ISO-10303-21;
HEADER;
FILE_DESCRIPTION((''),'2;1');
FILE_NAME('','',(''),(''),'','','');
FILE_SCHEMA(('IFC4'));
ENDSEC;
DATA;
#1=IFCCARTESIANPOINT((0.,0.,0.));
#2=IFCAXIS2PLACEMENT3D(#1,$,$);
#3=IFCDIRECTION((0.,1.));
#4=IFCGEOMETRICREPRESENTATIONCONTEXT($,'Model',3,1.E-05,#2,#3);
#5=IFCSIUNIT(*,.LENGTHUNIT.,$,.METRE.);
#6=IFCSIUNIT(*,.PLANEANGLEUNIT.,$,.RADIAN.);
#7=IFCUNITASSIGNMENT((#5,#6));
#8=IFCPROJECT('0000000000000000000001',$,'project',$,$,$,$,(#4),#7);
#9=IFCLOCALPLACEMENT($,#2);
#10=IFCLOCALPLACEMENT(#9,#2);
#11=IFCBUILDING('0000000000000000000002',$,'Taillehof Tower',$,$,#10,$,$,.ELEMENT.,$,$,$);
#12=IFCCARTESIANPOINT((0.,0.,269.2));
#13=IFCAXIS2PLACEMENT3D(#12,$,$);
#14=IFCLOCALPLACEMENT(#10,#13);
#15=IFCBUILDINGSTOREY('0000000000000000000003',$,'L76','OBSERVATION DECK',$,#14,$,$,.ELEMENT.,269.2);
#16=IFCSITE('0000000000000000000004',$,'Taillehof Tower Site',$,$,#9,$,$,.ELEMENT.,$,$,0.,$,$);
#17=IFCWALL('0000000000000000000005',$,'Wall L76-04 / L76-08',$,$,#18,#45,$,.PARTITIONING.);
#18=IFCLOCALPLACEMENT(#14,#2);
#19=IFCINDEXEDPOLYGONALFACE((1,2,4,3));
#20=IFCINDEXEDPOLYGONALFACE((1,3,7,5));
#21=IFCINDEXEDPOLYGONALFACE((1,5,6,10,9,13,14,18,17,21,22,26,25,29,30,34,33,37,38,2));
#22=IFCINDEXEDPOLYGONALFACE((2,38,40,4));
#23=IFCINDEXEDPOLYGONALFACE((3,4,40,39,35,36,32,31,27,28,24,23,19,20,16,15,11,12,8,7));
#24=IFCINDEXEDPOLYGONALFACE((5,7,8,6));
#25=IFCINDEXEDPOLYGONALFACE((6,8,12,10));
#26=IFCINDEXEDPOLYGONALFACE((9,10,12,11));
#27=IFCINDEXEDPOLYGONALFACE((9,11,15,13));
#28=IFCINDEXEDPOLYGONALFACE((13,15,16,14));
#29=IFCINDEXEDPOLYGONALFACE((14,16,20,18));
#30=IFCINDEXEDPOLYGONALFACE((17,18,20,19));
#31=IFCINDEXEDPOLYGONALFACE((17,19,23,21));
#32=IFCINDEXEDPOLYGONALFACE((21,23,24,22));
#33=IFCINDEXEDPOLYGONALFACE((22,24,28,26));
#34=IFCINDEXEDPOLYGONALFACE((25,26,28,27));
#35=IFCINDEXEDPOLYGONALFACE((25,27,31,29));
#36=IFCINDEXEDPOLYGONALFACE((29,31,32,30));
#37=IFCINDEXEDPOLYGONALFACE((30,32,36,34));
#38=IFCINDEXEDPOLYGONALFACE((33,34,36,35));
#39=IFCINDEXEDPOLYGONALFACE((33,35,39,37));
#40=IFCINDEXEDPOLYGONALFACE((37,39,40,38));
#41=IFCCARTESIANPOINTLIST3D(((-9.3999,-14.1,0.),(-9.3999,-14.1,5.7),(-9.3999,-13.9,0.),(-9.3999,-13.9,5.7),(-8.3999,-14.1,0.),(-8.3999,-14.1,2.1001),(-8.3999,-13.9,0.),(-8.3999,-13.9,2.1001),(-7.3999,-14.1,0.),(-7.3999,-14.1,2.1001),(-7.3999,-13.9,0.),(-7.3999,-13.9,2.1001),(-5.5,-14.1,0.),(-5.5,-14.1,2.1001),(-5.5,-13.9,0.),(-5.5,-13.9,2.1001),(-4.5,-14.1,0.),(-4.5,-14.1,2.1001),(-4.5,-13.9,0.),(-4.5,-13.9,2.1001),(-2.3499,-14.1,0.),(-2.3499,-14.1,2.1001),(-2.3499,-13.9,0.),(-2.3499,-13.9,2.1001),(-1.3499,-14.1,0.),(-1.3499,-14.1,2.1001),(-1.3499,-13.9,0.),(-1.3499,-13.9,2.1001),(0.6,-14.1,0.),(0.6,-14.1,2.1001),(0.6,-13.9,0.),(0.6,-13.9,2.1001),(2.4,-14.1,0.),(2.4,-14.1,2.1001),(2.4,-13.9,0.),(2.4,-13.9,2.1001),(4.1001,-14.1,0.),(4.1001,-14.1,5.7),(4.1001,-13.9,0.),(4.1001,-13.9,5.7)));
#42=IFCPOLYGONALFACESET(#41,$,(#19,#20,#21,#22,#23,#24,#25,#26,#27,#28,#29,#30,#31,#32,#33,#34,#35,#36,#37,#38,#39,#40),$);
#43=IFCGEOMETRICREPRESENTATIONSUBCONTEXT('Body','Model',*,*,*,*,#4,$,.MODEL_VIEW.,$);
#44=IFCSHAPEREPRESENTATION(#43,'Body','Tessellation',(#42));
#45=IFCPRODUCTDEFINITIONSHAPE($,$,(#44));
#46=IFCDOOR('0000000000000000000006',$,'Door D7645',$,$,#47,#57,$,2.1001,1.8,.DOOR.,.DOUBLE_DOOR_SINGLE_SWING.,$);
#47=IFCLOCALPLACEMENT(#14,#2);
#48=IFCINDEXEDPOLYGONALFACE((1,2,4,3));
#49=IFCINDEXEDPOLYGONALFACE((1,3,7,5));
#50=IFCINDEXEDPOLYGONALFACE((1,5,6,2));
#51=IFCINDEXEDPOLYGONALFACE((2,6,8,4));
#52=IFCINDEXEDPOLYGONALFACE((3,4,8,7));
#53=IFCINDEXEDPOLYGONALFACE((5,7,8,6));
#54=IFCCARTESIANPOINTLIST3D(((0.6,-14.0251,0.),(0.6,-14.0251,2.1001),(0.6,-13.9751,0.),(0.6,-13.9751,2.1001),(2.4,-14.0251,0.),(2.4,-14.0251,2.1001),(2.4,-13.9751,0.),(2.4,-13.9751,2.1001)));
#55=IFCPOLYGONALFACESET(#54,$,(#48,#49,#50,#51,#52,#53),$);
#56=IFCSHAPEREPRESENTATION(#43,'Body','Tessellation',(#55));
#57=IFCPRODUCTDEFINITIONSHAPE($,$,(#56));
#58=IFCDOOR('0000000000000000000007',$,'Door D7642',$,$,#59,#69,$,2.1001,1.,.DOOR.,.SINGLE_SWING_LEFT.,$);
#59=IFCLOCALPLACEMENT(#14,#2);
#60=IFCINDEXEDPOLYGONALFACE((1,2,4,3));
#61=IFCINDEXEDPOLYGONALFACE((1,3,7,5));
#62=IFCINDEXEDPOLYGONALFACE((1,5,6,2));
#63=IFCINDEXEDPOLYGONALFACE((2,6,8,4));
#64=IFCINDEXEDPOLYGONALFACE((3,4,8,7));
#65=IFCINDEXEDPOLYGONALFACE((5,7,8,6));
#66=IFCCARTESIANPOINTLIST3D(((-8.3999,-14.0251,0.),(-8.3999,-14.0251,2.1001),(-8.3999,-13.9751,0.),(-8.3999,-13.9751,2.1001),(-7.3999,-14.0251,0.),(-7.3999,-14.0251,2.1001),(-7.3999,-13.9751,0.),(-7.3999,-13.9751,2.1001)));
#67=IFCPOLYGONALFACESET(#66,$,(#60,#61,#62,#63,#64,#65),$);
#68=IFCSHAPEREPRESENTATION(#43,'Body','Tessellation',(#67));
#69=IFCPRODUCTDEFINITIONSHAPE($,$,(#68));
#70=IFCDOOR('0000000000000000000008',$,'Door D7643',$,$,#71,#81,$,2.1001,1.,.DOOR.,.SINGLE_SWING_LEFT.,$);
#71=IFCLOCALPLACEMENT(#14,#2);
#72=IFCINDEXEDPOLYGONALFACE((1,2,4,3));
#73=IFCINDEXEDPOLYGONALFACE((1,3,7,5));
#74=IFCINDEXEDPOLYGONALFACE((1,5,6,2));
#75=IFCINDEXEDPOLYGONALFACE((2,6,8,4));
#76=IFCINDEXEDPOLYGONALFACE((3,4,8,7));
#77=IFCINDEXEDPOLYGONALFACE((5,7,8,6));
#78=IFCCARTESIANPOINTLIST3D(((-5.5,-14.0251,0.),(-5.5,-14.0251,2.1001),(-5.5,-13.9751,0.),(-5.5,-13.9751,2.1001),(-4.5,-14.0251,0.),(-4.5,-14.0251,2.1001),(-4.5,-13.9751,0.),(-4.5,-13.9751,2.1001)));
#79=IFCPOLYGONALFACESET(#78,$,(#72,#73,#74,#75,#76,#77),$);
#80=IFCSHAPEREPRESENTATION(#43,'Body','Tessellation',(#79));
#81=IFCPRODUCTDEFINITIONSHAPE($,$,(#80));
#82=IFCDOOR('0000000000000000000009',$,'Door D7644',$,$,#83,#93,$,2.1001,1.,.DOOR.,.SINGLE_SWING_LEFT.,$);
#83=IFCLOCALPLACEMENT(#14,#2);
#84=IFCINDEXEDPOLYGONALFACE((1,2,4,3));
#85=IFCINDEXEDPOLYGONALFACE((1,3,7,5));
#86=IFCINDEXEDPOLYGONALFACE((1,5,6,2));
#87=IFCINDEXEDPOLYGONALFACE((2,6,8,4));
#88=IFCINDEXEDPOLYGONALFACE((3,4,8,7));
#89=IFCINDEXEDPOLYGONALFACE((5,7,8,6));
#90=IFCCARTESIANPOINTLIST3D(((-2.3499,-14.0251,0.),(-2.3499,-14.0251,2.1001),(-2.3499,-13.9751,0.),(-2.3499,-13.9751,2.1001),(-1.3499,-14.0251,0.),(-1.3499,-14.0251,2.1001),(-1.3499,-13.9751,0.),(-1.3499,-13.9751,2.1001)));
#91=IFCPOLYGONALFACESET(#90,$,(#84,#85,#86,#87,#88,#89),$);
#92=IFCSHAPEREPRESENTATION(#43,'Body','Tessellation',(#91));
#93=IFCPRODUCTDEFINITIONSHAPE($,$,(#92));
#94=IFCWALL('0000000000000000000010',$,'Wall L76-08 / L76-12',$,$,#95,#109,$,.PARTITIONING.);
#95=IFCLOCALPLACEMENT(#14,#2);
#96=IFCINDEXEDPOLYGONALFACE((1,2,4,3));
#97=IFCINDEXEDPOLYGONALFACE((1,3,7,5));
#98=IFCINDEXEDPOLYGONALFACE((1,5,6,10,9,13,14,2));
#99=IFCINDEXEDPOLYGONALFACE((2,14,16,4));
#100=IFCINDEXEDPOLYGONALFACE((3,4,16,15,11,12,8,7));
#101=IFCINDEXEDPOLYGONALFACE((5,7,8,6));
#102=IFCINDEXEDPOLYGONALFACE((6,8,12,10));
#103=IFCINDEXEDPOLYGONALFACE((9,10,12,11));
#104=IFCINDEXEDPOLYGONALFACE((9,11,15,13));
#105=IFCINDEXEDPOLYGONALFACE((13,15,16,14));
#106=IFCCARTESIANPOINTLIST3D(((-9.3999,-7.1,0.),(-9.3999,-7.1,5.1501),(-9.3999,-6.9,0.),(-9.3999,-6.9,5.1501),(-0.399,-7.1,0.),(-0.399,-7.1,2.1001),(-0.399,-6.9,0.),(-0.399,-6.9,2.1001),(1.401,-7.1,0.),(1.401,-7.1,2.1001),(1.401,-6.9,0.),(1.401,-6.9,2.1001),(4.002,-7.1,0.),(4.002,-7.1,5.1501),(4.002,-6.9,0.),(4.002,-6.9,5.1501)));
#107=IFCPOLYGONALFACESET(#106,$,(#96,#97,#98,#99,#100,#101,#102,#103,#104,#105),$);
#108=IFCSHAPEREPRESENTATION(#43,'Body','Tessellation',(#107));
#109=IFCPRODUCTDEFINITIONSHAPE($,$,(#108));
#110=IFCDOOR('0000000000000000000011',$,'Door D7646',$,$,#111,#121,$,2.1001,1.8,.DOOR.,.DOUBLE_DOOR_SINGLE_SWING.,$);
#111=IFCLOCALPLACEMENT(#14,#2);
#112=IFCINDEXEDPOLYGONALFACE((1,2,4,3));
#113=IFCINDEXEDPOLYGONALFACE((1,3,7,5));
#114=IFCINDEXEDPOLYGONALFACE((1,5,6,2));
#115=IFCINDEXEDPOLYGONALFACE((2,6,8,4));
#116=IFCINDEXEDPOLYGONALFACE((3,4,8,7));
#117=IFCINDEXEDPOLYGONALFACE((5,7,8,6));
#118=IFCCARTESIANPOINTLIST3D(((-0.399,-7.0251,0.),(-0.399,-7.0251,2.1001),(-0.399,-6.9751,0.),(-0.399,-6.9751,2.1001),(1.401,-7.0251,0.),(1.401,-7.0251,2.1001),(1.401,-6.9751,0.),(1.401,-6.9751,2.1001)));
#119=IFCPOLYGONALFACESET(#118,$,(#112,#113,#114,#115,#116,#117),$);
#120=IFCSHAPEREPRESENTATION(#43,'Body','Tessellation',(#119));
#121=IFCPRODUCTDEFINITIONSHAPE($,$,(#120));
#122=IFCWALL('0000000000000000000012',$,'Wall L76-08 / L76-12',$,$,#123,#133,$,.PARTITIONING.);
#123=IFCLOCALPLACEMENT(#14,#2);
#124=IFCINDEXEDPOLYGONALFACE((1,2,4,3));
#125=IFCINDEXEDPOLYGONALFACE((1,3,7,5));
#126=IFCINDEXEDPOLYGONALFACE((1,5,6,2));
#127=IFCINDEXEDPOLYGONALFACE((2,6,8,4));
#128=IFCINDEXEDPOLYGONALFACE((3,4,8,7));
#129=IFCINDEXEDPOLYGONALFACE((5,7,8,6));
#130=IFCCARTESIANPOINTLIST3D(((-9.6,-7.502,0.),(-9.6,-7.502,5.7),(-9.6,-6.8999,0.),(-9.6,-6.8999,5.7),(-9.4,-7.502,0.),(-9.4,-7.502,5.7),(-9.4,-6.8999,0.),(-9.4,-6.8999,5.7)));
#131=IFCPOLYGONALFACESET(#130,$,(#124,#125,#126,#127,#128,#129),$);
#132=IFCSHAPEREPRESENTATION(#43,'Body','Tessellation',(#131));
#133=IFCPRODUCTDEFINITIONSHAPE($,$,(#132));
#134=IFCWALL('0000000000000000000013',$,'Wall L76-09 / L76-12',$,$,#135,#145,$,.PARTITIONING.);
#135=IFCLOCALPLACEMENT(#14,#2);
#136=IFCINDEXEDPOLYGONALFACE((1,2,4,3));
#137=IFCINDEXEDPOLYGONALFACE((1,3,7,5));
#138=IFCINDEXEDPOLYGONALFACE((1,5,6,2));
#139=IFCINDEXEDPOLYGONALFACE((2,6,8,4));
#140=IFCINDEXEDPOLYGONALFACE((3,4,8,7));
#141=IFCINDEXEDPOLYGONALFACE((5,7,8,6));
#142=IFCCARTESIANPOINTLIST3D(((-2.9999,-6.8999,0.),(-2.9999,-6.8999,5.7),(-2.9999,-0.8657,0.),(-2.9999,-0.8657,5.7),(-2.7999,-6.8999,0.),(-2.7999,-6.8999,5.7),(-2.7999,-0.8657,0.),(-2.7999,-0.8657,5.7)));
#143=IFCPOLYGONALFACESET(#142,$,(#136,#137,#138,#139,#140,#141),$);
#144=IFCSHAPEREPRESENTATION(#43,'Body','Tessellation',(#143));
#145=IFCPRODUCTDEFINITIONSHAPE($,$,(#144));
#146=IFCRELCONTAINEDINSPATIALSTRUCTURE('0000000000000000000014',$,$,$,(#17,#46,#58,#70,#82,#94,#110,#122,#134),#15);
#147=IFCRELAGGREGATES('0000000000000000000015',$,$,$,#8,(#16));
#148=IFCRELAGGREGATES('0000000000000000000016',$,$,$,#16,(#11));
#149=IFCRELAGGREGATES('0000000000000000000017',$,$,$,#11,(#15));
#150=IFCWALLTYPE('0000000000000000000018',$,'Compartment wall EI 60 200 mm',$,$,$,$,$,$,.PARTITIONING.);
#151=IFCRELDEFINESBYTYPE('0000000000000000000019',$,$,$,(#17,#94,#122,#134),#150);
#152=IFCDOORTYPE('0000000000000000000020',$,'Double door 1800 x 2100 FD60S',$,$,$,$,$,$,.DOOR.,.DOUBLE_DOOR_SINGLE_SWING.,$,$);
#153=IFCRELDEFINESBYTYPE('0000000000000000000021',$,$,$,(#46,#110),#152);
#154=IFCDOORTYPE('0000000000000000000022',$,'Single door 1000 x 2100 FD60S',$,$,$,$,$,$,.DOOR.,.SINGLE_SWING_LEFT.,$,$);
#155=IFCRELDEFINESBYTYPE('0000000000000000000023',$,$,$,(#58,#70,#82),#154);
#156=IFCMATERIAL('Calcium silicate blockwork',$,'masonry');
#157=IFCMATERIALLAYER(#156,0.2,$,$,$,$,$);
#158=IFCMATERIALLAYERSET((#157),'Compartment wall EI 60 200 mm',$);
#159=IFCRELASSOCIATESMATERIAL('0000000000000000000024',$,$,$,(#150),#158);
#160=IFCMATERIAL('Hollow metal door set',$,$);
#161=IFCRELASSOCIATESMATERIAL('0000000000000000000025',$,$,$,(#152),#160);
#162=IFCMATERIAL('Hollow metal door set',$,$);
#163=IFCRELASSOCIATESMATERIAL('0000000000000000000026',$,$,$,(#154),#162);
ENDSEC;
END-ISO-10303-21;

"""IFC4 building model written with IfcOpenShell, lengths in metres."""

from ifc_helpers import new_model, si_unit, direction, frame, frame_2d, origin, place, context, subcontext, project, spatial, rectangle, extrude, material, layer, layer_set, type_object, element, fill, save


model = new_model("IFC4")

# Units and contexts
model_context = context("Model", 3, precision=1e-05, world=origin(), true_north=direction((0.0, 1.0)))
body_context = subcontext(model_context, "Body", "Model", "MODEL_VIEW")
ifc_project = project(units=[si_unit("LENGTHUNIT", "METRE"), si_unit("PLANEANGLEUNIT", "RADIAN")], contexts=[model_context])

# Site, building, storey
site_placement = place(None, origin())
site = spatial("IfcSite", under=ifc_project, at=site_placement, Name="Taillehof Tower Site", CompositionType="ELEMENT", RefElevation=0.0)
building_placement = place(site_placement, origin())
building = spatial("IfcBuilding", under=site, at=building_placement, Name="Taillehof Tower", CompositionType="ELEMENT")
storey_placement = place(building_placement, frame((0.0, 0.0, 269.2)))
storey = spatial("IfcBuildingStorey", under=building, at=storey_placement, Name="L76", Description="OBSERVATION DECK", CompositionType="ELEMENT", Elevation=269.2)

# Wall, openings, doors
ifc_material_1 = material(Name="Calcium silicate blockwork", Category="masonry")
ifc_layer_1 = layer(ifc_material_1, 0.2)
ifc_layer_set_1 = layer_set([ifc_layer_1], Name="Compartment wall EI 60 200 mm")
wall_type_1 = type_object("IfcWallType", Name="Compartment wall EI 60 200 mm", PredefinedType="PARTITIONING", material=ifc_layer_set_1)
wall_1_placement = place(storey_placement, frame((-9.3999, -14.0, 0.0), z_axis=(0.0, 0.0, 1.0), x_axis=(1.0, 0.0, 0.0)))
wall_1 = element("IfcWall", 1, at=wall_1_placement, inside=storey, type_object=wall_type_1, Name="Wall L76-04 / L76-08", PredefinedType="PARTITIONING", context=body_context, shape_type="SweptSolid", body=[
    extrude(rectangle(XDim=13.5, YDim=0.2, at=frame_2d((6.75, 0.0))), origin(), (0.0, 0.0, 1.0), 5.7),
])
opening_1_placement = place(wall_1_placement, frame((10.0, 0.0, 0.0)))
opening_1 = element("IfcOpeningElement", 2, at=opening_1_placement, cuts=wall_1, PredefinedType="OPENING", context=body_context, shape_type="SweptSolid", body=[
    extrude(rectangle(XDim=1.8, YDim=2.1001, at=frame_2d((0.8999, 1.05))), frame((0.0, 0.1099, 0.0), z_axis=(0.0, -1.0, 0.0), x_axis=(1.0, 0.0, 0.0)), (0.0, 0.0, 1.0), 0.22),
])
opening_2_placement = place(wall_1_placement, frame((1.0, 0.0, 0.0)))
opening_2 = element("IfcOpeningElement", 3, at=opening_2_placement, cuts=wall_1, PredefinedType="OPENING", context=body_context, shape_type="SweptSolid", body=[
    extrude(rectangle(XDim=1.0, YDim=2.1001, at=frame_2d((0.5, 1.05))), frame((0.0, 0.1099, 0.0), z_axis=(0.0, -1.0, 0.0), x_axis=(1.0, 0.0, 0.0)), (0.0, 0.0, 1.0), 0.22),
])
opening_3_placement = place(wall_1_placement, frame((3.8999, 0.0, 0.0)))
opening_3 = element("IfcOpeningElement", 4, at=opening_3_placement, cuts=wall_1, PredefinedType="OPENING", context=body_context, shape_type="SweptSolid", body=[
    extrude(rectangle(XDim=1.0, YDim=2.1001, at=frame_2d((0.5, 1.05))), frame((0.0, 0.1099, 0.0), z_axis=(0.0, -1.0, 0.0), x_axis=(1.0, 0.0, 0.0)), (0.0, 0.0, 1.0), 0.22),
])
opening_4_placement = place(wall_1_placement, frame((7.05, 0.0, 0.0)))
opening_4 = element("IfcOpeningElement", 5, at=opening_4_placement, cuts=wall_1, PredefinedType="OPENING", context=body_context, shape_type="SweptSolid", body=[
    extrude(rectangle(XDim=1.0, YDim=2.1001, at=frame_2d((0.5, 1.05))), frame((0.0, 0.1099, 0.0), z_axis=(0.0, -1.0, 0.0), x_axis=(1.0, 0.0, 0.0)), (0.0, 0.0, 1.0), 0.22),
])
ifc_material_2 = material(Name="Hollow metal door set")
door_type_1 = type_object("IfcDoorType", Name="Double door 1800 x 2100 FD60S", OperationType="DOUBLE_DOOR_SINGLE_SWING", PredefinedType="DOOR", material=ifc_material_2)
door_1_placement = place(opening_1_placement, origin())
door_1 = element("IfcDoor", 6, at=door_1_placement, inside=storey, type_object=door_type_1, Name="Door D7645", OperationType="DOUBLE_DOOR_SINGLE_SWING", OverallHeight=2.1001, OverallWidth=1.8, PredefinedType="DOOR", context=body_context, shape_type="SweptSolid", body=[
    extrude(rectangle(XDim=1.8, YDim=2.1001, at=frame_2d((0.8999, 1.05))), frame((0.0, 0.0249, 0.0), z_axis=(0.0, -1.0, 0.0), x_axis=(1.0, 0.0, 0.0)), (0.0, 0.0, 1.0), 0.05),
])
fill(opening_1, door_1)
ifc_material_3 = material(Name="Hollow metal door set")
door_type_2 = type_object("IfcDoorType", Name="Single door 1000 x 2100 FD60S", OperationType="SINGLE_SWING_LEFT", PredefinedType="DOOR", material=ifc_material_3)
door_2_placement = place(opening_2_placement, origin())
door_2 = element("IfcDoor", 7, at=door_2_placement, inside=storey, type_object=door_type_2, Name="Door D7642", OperationType="SINGLE_SWING_LEFT", OverallHeight=2.1001, OverallWidth=1.0, PredefinedType="DOOR", context=body_context, shape_type="SweptSolid", body=[
    extrude(rectangle(XDim=1.0, YDim=2.1001, at=frame_2d((0.5, 1.05))), frame((0.0, 0.0249, 0.0), z_axis=(0.0, -1.0, 0.0), x_axis=(1.0, 0.0, 0.0)), (0.0, 0.0, 1.0), 0.05),
])
fill(opening_2, door_2)
door_3_placement = place(opening_3_placement, origin())
door_3 = element("IfcDoor", 8, at=door_3_placement, inside=storey, type_object=door_type_2, Name="Door D7643", OperationType="SINGLE_SWING_LEFT", OverallHeight=2.1001, OverallWidth=1.0, PredefinedType="DOOR", context=body_context, shape_type="SweptSolid", body=[
    extrude(rectangle(XDim=1.0, YDim=2.1001, at=frame_2d((0.5, 1.05))), frame((0.0, 0.0249, 0.0), z_axis=(0.0, -1.0, 0.0), x_axis=(1.0, 0.0, 0.0)), (0.0, 0.0, 1.0), 0.05),
])
fill(opening_3, door_3)
door_4_placement = place(opening_4_placement, origin())
door_4 = element("IfcDoor", 9, at=door_4_placement, inside=storey, type_object=door_type_2, Name="Door D7644", OperationType="SINGLE_SWING_LEFT", OverallHeight=2.1001, OverallWidth=1.0, PredefinedType="DOOR", context=body_context, shape_type="SweptSolid", body=[
    extrude(rectangle(XDim=1.0, YDim=2.1001, at=frame_2d((0.5, 1.05))), frame((0.0, 0.0249, 0.0), z_axis=(0.0, -1.0, 0.0), x_axis=(1.0, 0.0, 0.0)), (0.0, 0.0, 1.0), 0.05),
])
fill(opening_4, door_4)

# Wall, opening, door
wall_2_placement = place(storey_placement, frame((-9.3999, -7.0, 0.0), z_axis=(0.0, 0.0, 1.0), x_axis=(1.0, 0.0, 0.0)))
wall_2 = element("IfcWall", 10, at=wall_2_placement, inside=storey, type_object=wall_type_1, Name="Wall L76-08 / L76-12", PredefinedType="PARTITIONING", context=body_context, shape_type="SweptSolid", body=[
    extrude(rectangle(XDim=13.4019, YDim=0.2, at=frame_2d((6.7009, 0.0))), origin(), (0.0, 0.0, 1.0), 5.1501),
])
opening_5_placement = place(wall_2_placement, frame((9.001, 0.0, 0.0)))
opening_5 = element("IfcOpeningElement", 11, at=opening_5_placement, cuts=wall_2, PredefinedType="OPENING", context=body_context, shape_type="SweptSolid", body=[
    extrude(rectangle(XDim=1.8, YDim=2.1001, at=frame_2d((0.8999, 1.05))), frame((0.0, 0.1099, 0.0), z_axis=(0.0, -1.0, 0.0), x_axis=(1.0, 0.0, 0.0)), (0.0, 0.0, 1.0), 0.22),
])
door_5_placement = place(opening_5_placement, origin())
door_5 = element("IfcDoor", 12, at=door_5_placement, inside=storey, type_object=door_type_1, Name="Door D7646", OperationType="DOUBLE_DOOR_SINGLE_SWING", OverallHeight=2.1001, OverallWidth=1.8, PredefinedType="DOOR", context=body_context, shape_type="SweptSolid", body=[
    extrude(rectangle(XDim=1.8, YDim=2.1001, at=frame_2d((0.8999, 1.05))), frame((0.0, 0.0249, 0.0), z_axis=(0.0, -1.0, 0.0), x_axis=(1.0, 0.0, 0.0)), (0.0, 0.0, 1.0), 0.05),
])
fill(opening_5, door_5)

# Walls
wall_3_placement = place(storey_placement, frame((-9.5, -7.502, 0.0), z_axis=(0.0, 0.0, 1.0), x_axis=(0.0, 1.0, 0.0)))
element("IfcWall", 13, at=wall_3_placement, inside=storey, type_object=wall_type_1, Name="Wall L76-08 / L76-12", PredefinedType="PARTITIONING", context=body_context, shape_type="SweptSolid", body=[
    extrude(rectangle(XDim=0.6021, YDim=0.2, at=frame_2d((0.301, 0.0))), origin(), (0.0, 0.0, 1.0), 5.7),
])
wall_4_placement = place(storey_placement, frame((-2.8999, -6.8999, 0.0), z_axis=(0.0, 0.0, 1.0), x_axis=(0.0, 1.0, 0.0)))
element("IfcWall", 14, at=wall_4_placement, inside=storey, type_object=wall_type_1, Name="Wall L76-09 / L76-12", PredefinedType="PARTITIONING", context=body_context, shape_type="SweptSolid", body=[
    extrude(rectangle(XDim=6.0342, YDim=0.2, at=frame_2d((3.0171, 0.0))), origin(), (0.0, 0.0, 1.0), 5.7),
])

save(model, "model.ifc")
